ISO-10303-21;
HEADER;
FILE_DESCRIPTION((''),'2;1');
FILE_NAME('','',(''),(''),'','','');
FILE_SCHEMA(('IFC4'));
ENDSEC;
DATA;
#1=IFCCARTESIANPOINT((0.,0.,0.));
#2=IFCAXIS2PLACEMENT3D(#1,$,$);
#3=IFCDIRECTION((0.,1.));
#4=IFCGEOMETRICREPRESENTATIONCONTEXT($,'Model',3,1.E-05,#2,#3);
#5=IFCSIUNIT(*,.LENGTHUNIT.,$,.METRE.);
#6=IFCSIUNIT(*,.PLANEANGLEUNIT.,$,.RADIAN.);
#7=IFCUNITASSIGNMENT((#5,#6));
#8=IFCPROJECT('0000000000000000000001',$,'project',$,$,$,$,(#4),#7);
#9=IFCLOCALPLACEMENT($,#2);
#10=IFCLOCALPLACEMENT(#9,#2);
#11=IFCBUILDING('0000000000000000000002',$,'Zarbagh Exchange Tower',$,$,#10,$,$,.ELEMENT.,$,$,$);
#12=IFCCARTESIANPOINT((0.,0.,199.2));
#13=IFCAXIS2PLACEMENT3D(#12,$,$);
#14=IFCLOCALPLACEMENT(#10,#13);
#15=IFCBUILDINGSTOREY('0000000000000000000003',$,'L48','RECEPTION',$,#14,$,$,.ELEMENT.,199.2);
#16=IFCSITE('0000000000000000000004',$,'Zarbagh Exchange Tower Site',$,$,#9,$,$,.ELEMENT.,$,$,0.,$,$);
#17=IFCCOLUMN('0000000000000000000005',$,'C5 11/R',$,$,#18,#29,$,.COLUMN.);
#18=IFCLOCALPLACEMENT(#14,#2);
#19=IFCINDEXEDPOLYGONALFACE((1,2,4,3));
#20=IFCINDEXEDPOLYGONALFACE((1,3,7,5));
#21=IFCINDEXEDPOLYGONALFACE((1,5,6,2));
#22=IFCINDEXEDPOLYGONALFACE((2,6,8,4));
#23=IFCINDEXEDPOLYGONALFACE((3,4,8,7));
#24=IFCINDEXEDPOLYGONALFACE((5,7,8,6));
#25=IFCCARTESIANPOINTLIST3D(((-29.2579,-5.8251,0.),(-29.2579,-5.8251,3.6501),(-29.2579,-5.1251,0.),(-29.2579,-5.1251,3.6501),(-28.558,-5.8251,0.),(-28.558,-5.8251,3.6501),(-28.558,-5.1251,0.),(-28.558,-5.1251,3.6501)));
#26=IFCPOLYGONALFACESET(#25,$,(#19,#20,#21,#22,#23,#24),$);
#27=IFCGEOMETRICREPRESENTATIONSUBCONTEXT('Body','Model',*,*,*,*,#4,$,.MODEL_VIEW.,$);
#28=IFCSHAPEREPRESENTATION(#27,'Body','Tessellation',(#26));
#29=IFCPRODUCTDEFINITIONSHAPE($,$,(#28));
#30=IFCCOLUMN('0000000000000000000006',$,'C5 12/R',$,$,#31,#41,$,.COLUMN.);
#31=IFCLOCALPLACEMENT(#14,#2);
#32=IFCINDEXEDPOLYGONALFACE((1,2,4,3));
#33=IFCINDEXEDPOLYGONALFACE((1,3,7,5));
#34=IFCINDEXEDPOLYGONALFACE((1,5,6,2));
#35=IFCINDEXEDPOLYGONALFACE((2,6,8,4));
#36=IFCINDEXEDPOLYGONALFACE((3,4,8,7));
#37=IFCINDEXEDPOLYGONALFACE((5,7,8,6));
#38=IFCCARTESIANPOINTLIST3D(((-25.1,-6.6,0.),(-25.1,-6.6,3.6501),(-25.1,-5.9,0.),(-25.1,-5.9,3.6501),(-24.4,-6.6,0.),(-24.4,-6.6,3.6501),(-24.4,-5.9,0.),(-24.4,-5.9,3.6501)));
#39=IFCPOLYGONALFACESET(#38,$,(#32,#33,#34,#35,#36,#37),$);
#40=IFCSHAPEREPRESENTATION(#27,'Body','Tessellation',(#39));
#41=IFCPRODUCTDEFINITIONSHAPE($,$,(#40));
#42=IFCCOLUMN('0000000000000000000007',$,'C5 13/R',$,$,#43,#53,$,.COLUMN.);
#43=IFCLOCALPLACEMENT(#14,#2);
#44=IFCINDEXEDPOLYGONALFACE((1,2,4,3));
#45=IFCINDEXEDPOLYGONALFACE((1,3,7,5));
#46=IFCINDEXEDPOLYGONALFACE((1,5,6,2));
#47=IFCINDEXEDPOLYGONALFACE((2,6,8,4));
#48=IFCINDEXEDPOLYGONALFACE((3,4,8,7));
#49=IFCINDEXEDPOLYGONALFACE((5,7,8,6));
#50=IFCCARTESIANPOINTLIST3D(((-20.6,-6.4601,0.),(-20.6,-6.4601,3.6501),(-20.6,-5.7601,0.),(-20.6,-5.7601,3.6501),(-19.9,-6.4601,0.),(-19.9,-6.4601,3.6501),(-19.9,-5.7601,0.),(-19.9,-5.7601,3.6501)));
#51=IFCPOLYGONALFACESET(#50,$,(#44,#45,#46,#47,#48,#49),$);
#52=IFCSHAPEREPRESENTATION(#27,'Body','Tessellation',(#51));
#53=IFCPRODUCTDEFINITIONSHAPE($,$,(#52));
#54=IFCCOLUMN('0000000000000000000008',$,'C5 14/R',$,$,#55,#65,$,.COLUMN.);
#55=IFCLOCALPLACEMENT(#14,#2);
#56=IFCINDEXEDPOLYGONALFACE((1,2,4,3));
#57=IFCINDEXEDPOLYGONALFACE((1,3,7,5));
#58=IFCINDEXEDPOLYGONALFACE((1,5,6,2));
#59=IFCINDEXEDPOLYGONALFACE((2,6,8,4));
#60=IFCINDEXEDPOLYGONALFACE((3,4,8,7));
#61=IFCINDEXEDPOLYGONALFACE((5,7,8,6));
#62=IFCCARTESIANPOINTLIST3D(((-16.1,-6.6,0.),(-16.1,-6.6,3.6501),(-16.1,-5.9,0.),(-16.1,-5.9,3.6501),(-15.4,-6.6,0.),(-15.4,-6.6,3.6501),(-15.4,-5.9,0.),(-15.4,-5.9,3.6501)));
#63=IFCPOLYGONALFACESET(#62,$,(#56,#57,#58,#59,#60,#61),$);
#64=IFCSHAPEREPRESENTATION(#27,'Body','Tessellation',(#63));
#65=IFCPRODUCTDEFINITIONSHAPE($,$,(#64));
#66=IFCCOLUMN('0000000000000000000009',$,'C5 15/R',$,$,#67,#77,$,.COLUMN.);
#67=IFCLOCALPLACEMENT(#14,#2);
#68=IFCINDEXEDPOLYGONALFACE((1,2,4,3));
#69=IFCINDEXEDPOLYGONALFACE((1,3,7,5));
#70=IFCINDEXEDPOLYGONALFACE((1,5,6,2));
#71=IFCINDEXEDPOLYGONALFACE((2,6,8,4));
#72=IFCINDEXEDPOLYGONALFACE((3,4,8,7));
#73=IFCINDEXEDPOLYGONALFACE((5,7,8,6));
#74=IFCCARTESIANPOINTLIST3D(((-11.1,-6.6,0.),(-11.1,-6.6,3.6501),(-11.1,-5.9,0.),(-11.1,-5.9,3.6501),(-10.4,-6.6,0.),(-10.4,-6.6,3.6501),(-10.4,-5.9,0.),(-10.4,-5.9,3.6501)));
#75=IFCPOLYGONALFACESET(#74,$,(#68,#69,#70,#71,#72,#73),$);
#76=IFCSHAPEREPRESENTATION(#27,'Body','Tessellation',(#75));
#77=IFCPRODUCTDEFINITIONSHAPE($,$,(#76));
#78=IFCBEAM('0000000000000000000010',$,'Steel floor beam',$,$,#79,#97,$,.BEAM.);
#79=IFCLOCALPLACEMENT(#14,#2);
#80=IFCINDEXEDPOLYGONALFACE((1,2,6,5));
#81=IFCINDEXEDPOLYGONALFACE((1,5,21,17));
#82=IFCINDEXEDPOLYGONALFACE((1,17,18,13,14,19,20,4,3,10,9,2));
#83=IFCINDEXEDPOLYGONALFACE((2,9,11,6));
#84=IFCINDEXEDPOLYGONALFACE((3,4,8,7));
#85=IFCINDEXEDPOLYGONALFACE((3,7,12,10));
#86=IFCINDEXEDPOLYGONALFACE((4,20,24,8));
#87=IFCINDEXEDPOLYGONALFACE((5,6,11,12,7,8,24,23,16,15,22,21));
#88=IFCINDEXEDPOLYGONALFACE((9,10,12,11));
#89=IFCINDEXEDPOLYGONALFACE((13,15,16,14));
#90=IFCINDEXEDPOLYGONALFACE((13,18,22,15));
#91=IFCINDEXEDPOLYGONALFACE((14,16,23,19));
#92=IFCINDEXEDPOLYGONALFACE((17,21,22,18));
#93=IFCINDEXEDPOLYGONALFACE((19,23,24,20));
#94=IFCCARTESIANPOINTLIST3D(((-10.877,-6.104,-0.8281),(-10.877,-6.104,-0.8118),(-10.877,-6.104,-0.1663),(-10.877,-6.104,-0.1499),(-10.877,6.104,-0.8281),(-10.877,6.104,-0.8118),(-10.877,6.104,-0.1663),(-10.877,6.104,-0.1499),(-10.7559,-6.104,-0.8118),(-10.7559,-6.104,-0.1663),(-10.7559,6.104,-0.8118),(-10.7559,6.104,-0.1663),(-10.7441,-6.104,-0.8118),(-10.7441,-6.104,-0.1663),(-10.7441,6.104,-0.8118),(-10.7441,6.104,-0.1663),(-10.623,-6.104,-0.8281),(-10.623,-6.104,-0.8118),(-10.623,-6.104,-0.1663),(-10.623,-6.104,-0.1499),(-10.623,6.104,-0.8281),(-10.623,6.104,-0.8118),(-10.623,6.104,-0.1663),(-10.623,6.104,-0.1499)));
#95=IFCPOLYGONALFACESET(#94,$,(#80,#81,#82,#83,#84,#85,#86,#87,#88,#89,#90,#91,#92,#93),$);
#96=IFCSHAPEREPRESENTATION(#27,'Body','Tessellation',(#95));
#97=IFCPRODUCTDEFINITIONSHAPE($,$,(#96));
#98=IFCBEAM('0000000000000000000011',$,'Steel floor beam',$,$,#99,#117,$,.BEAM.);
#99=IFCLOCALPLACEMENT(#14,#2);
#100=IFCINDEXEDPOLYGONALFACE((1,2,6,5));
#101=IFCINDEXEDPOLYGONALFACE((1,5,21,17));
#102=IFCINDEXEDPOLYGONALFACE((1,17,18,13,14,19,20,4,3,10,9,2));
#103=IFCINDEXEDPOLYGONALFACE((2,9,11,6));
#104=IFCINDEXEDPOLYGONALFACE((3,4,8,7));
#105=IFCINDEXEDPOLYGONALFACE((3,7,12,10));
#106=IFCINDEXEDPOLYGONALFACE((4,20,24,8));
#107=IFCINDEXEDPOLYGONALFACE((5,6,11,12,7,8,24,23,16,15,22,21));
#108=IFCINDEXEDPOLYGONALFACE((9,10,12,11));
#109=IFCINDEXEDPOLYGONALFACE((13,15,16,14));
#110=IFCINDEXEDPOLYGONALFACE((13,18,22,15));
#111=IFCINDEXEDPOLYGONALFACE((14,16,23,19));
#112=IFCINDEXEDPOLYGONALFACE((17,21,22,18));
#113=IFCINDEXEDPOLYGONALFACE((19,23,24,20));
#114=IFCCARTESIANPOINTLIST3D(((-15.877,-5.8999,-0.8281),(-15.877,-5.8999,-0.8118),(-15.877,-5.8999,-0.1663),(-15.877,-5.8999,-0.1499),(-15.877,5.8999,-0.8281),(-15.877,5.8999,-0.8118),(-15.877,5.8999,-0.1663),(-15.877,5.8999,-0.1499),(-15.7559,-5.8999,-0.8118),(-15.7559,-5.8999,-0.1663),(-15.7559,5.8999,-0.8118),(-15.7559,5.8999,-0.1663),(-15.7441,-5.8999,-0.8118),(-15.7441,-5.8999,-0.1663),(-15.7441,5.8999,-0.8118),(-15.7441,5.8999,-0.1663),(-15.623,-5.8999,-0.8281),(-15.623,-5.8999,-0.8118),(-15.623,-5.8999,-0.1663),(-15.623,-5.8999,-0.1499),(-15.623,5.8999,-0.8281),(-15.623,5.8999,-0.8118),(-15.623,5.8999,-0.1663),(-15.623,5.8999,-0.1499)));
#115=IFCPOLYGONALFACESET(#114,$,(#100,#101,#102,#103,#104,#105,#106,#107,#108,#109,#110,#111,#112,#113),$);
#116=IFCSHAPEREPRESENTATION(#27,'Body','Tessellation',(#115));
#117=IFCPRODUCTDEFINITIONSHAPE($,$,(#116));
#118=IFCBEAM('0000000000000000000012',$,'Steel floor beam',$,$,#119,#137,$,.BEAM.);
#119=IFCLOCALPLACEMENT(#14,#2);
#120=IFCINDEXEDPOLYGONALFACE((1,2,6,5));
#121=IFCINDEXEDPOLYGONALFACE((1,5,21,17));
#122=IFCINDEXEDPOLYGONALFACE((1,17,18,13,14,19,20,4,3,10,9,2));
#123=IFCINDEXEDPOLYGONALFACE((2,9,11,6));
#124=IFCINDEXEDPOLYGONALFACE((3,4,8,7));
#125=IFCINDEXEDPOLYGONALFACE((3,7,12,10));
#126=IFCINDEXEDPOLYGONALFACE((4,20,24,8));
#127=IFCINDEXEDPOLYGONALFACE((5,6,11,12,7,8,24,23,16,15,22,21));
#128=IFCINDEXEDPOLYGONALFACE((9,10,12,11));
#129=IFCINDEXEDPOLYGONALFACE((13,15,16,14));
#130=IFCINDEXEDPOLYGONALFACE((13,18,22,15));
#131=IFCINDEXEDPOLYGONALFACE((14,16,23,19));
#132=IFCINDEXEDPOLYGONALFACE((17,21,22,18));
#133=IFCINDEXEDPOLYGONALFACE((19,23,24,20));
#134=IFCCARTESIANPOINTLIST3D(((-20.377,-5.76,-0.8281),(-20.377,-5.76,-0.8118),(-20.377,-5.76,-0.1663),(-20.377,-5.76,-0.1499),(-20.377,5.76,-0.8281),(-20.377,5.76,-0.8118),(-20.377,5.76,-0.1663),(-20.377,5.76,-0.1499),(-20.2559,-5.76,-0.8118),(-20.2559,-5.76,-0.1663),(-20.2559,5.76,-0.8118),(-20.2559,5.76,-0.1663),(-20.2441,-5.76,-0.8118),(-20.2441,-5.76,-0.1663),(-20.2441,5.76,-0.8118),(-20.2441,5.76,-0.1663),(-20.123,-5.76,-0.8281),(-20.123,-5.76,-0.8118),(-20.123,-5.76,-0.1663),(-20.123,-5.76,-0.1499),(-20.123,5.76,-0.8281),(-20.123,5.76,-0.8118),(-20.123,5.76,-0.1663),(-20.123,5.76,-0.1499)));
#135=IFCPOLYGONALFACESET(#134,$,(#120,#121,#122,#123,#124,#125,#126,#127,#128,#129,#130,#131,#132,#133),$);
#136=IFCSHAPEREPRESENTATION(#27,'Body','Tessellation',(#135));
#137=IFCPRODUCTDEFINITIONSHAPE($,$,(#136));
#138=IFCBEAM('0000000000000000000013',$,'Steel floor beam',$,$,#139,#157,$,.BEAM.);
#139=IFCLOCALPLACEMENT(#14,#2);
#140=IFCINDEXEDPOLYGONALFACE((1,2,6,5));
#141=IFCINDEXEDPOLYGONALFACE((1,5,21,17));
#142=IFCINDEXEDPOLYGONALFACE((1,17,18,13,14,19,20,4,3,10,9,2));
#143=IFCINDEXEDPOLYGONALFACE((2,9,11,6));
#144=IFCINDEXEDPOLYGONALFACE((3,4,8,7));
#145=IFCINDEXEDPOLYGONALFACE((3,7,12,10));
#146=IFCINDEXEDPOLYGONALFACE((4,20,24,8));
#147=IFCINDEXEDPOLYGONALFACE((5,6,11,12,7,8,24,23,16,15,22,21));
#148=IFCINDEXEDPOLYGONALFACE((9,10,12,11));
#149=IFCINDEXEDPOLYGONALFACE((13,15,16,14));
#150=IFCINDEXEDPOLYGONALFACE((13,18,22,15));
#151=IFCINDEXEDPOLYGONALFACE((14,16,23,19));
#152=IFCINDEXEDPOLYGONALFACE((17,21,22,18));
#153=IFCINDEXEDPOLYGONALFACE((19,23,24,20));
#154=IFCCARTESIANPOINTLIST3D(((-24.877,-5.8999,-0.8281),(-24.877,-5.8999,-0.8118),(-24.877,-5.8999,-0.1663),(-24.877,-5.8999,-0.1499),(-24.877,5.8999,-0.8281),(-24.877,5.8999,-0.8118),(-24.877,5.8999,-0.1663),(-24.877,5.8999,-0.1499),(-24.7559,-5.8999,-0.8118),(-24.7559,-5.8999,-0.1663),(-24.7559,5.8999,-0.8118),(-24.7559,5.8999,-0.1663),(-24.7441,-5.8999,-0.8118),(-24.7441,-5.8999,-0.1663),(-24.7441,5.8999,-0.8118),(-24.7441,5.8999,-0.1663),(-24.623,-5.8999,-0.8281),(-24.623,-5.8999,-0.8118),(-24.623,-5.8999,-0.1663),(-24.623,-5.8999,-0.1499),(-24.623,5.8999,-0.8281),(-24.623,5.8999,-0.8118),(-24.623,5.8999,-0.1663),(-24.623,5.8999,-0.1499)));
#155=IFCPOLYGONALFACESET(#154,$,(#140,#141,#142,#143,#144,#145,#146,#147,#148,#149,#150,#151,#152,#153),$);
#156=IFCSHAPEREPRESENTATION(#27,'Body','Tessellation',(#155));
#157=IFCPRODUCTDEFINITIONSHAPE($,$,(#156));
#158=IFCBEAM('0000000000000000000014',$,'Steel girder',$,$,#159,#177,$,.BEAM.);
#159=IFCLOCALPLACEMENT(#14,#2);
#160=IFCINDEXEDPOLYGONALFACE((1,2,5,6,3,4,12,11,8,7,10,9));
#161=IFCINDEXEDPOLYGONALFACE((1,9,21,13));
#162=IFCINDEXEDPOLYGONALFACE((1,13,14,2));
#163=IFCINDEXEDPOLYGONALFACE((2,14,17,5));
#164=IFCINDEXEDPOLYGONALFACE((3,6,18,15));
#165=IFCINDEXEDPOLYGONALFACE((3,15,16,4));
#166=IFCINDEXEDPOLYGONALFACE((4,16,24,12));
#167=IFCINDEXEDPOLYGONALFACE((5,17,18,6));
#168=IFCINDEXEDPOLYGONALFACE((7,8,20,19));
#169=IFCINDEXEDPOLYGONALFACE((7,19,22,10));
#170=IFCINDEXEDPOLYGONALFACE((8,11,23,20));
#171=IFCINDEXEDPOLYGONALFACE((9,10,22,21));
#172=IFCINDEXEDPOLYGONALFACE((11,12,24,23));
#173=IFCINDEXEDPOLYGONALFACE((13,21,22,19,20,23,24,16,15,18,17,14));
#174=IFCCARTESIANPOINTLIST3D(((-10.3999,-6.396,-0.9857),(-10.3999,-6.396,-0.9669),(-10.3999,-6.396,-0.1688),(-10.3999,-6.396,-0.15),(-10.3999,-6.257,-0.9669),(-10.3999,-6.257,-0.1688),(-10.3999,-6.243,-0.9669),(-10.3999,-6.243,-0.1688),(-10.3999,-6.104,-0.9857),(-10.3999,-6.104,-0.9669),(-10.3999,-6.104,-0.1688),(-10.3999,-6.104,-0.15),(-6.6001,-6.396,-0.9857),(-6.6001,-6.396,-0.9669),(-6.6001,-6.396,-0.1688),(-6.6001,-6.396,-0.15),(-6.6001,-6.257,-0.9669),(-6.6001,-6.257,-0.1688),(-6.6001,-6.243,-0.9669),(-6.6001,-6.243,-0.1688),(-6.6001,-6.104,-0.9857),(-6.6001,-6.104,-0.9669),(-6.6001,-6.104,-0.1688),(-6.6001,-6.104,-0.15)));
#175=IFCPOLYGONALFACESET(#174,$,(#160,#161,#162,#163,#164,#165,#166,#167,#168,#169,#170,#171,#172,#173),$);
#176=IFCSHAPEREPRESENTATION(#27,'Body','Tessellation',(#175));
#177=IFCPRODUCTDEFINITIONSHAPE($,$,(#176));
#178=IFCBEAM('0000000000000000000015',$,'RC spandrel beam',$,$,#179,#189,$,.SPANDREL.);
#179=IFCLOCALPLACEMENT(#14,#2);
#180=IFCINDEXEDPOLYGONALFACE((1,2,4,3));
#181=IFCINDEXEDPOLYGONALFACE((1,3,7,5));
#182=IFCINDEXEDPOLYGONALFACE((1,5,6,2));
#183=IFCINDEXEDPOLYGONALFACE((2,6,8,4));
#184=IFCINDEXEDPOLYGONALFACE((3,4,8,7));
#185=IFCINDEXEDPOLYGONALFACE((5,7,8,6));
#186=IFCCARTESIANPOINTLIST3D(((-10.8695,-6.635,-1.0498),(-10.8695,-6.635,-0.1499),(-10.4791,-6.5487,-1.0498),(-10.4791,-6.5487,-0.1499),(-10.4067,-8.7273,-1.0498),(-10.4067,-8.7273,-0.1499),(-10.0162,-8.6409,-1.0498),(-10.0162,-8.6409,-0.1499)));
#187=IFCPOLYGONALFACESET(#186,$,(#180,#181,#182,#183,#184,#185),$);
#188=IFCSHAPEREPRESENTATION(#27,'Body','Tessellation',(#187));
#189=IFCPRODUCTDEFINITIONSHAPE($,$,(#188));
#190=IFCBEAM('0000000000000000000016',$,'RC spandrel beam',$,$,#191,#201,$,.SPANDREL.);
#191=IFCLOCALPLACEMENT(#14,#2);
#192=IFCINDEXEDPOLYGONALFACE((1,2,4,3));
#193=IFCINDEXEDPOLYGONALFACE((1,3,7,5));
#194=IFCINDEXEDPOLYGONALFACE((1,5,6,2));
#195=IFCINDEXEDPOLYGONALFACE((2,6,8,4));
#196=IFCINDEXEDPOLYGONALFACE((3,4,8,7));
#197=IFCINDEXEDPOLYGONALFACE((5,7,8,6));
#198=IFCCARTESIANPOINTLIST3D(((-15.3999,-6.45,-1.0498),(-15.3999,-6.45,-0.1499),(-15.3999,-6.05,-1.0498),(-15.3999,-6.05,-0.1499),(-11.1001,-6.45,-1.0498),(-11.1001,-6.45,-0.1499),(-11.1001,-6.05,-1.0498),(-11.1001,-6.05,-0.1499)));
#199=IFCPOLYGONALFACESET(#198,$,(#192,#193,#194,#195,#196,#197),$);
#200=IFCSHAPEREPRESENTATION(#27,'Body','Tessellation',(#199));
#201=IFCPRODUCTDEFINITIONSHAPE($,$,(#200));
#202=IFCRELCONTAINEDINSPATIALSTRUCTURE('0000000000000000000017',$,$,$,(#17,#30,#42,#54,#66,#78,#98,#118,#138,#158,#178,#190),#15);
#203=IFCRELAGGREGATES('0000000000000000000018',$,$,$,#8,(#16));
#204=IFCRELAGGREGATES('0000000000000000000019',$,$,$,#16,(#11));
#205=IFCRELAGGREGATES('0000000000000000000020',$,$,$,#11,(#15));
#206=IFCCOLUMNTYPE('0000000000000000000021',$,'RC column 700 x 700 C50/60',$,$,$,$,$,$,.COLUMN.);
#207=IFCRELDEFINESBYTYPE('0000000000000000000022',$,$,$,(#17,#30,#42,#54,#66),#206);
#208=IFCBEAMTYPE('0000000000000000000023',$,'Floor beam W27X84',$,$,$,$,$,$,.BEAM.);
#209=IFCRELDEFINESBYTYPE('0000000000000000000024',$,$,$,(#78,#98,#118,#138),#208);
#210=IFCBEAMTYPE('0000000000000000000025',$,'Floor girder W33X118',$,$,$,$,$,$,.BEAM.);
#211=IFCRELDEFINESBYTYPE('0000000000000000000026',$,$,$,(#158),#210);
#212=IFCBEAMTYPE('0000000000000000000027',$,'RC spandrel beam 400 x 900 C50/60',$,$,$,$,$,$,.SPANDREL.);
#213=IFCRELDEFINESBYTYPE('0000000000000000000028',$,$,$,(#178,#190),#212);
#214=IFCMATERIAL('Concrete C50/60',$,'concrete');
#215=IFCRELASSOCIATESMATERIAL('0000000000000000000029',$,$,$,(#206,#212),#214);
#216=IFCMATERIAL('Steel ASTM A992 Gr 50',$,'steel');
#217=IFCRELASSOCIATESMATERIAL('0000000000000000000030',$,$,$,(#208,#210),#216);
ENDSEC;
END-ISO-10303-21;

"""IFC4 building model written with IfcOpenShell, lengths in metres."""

from ifc_helpers import new_model, si_unit, direction, frame, origin, origin_2d, place, context, subcontext, project, spatial, rectangle, i_section, extrude, material, material_profile, profile_set, type_object, element, save


model = new_model("IFC4")

# Units and contexts
model_context = context("Model", 3, precision=1e-05, world=origin(), true_north=direction((0.0, 1.0)))
body_context = subcontext(model_context, "Body", "Model", "MODEL_VIEW")
ifc_project = project(units=[si_unit("LENGTHUNIT", "METRE"), si_unit("PLANEANGLEUNIT", "RADIAN")], contexts=[model_context])

# Site, building, storey
site_placement = place(None, origin())
site = spatial("IfcSite", under=ifc_project, at=site_placement, Name="Zarbagh Exchange Tower Site", CompositionType="ELEMENT", RefElevation=0.0)
building_placement = place(site_placement, origin())
building = spatial("IfcBuilding", under=site, at=building_placement, Name="Zarbagh Exchange Tower", CompositionType="ELEMENT")
storey_placement = place(building_placement, frame((0.0, 0.0, 199.2)))
storey = spatial("IfcBuildingStorey", under=building, at=storey_placement, Name="L48", Description="RECEPTION", CompositionType="ELEMENT", Elevation=199.2)

# Columns
ifc_material_1 = material(Name="Concrete C50/60", Category="concrete")
ifc_material_profile_1 = material_profile(ifc_material_1, rectangle(XDim=0.7, YDim=0.7, at=origin_2d()), Name="RC column 700 x 700 C50/60")
ifc_profile_set_1 = profile_set([ifc_material_profile_1], Name="Concrete C50/60")
column_type = type_object("IfcColumnType", Name="RC column 700 x 700 C50/60", PredefinedType="COLUMN", material=ifc_profile_set_1)
for number, where, z_axis, x_axis, name in (
    (1, (-28.908, -5.4751, 0.0), (0.0, 0.0, 1.0), (1.0, 0.0, 0.0), "C5 11/R"),
    (2, (-24.75, -6.25, 0.0), (0.0, 0.0, 1.0), (1.0, 0.0, 0.0), "C5 12/R"),
    (3, (-20.25, -6.1101, 0.0), (0.0, 0.0, 1.0), (1.0, 0.0, 0.0), "C5 13/R"),
    (4, (-15.75, -6.25, 0.0), (0.0, 0.0, 1.0), (1.0, 0.0, 0.0), "C5 14/R"),
    (5, (-10.75, -6.25, 0.0), (0.0, 0.0, 1.0), (1.0, 0.0, 0.0), "C5 15/R"),
):
    element("IfcColumn", number, at=place(storey_placement, frame(where, z_axis=z_axis, x_axis=x_axis)), inside=storey, type_object=column_type, Name=name, PredefinedType="COLUMN", context=body_context, shape_type="SweptSolid", body=[
        extrude(rectangle(XDim=0.7, YDim=0.7, at=origin_2d()), origin(), (0.0, 0.0, 1.0), 3.6501),
    ])

# Beams
ifc_material_2 = material(Name="Steel ASTM A992 Gr 50", Category="steel")
ifc_material_profile_2 = material_profile(ifc_material_2, i_section(OverallWidth=0.2539, OverallDepth=0.6782, WebThickness=0.0117, FlangeThickness=0.0164, at=origin_2d()), Name="W27X84")
ifc_profile_set_2 = profile_set([ifc_material_profile_2], Name="Steel ASTM A992 Gr 50")
beam_type_1 = type_object("IfcBeamType", Name="Floor beam W27X84", PredefinedType="BEAM", material=ifc_profile_set_2)
beam_1_placement = place(storey_placement, frame((-10.75, -6.104, -0.489), z_axis=(0.0, 1.0, 0.0), x_axis=(-1.0, 0.0, 0.0)))
element("IfcBeam", 6, at=beam_1_placement, inside=storey, type_object=beam_type_1, Name="Steel floor beam", PredefinedType="BEAM", context=body_context, shape_type="SweptSolid", body=[
    extrude(i_section(OverallWidth=0.2539, OverallDepth=0.6782, WebThickness=0.0117, FlangeThickness=0.0164, at=origin_2d()), origin(), (0.0, 0.0, 1.0), 12.208),
])
beam_2_placement = place(storey_placement, frame((-15.75, -5.8999, -0.489), z_axis=(0.0, 1.0, 0.0), x_axis=(-1.0, 0.0, 0.0)))
element("IfcBeam", 7, at=beam_2_placement, inside=storey, type_object=beam_type_1, Name="Steel floor beam", PredefinedType="BEAM", context=body_context, shape_type="SweptSolid", body=[
    extrude(i_section(OverallWidth=0.2539, OverallDepth=0.6782, WebThickness=0.0117, FlangeThickness=0.0164, at=origin_2d()), origin(), (0.0, 0.0, 1.0), 11.7998),
])
beam_3_placement = place(storey_placement, frame((-20.25, -5.76, -0.489), z_axis=(0.0, 1.0, 0.0), x_axis=(-1.0, 0.0, 0.0)))
element("IfcBeam", 8, at=beam_3_placement, inside=storey, type_object=beam_type_1, Name="Steel floor beam", PredefinedType="BEAM", context=body_context, shape_type="SweptSolid", body=[
    extrude(i_section(OverallWidth=0.2539, OverallDepth=0.6782, WebThickness=0.0117, FlangeThickness=0.0164, at=origin_2d()), origin(), (0.0, 0.0, 1.0), 11.52),
])
beam_4_placement = place(storey_placement, frame((-24.75, -5.8999, -0.489), z_axis=(0.0, 1.0, 0.0), x_axis=(-1.0, 0.0, 0.0)))
element("IfcBeam", 9, at=beam_4_placement, inside=storey, type_object=beam_type_1, Name="Steel floor beam", PredefinedType="BEAM", context=body_context, shape_type="SweptSolid", body=[
    extrude(i_section(OverallWidth=0.2539, OverallDepth=0.6782, WebThickness=0.0117, FlangeThickness=0.0164, at=origin_2d()), origin(), (0.0, 0.0, 1.0), 11.7998),
])
ifc_material_profile_3 = material_profile(ifc_material_2, i_section(OverallWidth=0.292, OverallDepth=0.8357, WebThickness=0.0139, FlangeThickness=0.0188, at=origin_2d()), Name="W33X118")
ifc_profile_set_3 = profile_set([ifc_material_profile_3], Name="Steel ASTM A992 Gr 50")
beam_type_2 = type_object("IfcBeamType", Name="Floor girder W33X118", PredefinedType="BEAM", material=ifc_profile_set_3)
beam_5_placement = place(storey_placement, frame((-10.3999, -6.25, -0.5679), z_axis=(1.0, 0.0, 0.0), x_axis=(0.0, 1.0, 0.0)))
element("IfcBeam", 10, at=beam_5_placement, inside=storey, type_object=beam_type_2, Name="Steel girder", PredefinedType="BEAM", context=body_context, shape_type="SweptSolid", body=[
    extrude(i_section(OverallWidth=0.292, OverallDepth=0.8357, WebThickness=0.0139, FlangeThickness=0.0188, at=origin_2d()), origin(), (0.0, 0.0, 1.0), 3.7998),
])
ifc_material_profile_4 = material_profile(ifc_material_1, rectangle(XDim=0.3999, YDim=0.8999, at=origin_2d()), Name="RC spandrel beam 400 x 900 C50/60")
ifc_profile_set_4 = profile_set([ifc_material_profile_4], Name="Concrete C50/60")
beam_type_3 = type_object("IfcBeamType", Name="RC spandrel beam 400 x 900 C50/60", PredefinedType="SPANDREL", material=ifc_profile_set_4)
beam_6_placement = place(storey_placement, frame((-10.2114, -8.6841, -0.5999), z_axis=(-0.216014, 0.97639, 0.0), x_axis=(-0.97639, -0.216014, 0.0)))
element("IfcBeam", 11, at=beam_6_placement, inside=storey, type_object=beam_type_3, Name="RC spandrel beam", PredefinedType="SPANDREL", context=body_context, shape_type="SweptSolid", body=[
    extrude(rectangle(XDim=0.3999, YDim=0.8999, at=origin_2d()), origin(), (0.0, 0.0, 1.0), 2.1428),
])
beam_7_placement = place(storey_placement, frame((-11.1001, -6.25, -0.5999), z_axis=(-1.0, 0.0, 0.0), x_axis=(0.0, -1.0, 0.0)))
element("IfcBeam", 12, at=beam_7_placement, inside=storey, type_object=beam_type_3, Name="RC spandrel beam", PredefinedType="SPANDREL", context=body_context, shape_type="SweptSolid", body=[
    extrude(rectangle(XDim=0.3999, YDim=0.8999, at=origin_2d()), origin(), (0.0, 0.0, 1.0), 4.2998),
])

save(model, "model.ifc")
